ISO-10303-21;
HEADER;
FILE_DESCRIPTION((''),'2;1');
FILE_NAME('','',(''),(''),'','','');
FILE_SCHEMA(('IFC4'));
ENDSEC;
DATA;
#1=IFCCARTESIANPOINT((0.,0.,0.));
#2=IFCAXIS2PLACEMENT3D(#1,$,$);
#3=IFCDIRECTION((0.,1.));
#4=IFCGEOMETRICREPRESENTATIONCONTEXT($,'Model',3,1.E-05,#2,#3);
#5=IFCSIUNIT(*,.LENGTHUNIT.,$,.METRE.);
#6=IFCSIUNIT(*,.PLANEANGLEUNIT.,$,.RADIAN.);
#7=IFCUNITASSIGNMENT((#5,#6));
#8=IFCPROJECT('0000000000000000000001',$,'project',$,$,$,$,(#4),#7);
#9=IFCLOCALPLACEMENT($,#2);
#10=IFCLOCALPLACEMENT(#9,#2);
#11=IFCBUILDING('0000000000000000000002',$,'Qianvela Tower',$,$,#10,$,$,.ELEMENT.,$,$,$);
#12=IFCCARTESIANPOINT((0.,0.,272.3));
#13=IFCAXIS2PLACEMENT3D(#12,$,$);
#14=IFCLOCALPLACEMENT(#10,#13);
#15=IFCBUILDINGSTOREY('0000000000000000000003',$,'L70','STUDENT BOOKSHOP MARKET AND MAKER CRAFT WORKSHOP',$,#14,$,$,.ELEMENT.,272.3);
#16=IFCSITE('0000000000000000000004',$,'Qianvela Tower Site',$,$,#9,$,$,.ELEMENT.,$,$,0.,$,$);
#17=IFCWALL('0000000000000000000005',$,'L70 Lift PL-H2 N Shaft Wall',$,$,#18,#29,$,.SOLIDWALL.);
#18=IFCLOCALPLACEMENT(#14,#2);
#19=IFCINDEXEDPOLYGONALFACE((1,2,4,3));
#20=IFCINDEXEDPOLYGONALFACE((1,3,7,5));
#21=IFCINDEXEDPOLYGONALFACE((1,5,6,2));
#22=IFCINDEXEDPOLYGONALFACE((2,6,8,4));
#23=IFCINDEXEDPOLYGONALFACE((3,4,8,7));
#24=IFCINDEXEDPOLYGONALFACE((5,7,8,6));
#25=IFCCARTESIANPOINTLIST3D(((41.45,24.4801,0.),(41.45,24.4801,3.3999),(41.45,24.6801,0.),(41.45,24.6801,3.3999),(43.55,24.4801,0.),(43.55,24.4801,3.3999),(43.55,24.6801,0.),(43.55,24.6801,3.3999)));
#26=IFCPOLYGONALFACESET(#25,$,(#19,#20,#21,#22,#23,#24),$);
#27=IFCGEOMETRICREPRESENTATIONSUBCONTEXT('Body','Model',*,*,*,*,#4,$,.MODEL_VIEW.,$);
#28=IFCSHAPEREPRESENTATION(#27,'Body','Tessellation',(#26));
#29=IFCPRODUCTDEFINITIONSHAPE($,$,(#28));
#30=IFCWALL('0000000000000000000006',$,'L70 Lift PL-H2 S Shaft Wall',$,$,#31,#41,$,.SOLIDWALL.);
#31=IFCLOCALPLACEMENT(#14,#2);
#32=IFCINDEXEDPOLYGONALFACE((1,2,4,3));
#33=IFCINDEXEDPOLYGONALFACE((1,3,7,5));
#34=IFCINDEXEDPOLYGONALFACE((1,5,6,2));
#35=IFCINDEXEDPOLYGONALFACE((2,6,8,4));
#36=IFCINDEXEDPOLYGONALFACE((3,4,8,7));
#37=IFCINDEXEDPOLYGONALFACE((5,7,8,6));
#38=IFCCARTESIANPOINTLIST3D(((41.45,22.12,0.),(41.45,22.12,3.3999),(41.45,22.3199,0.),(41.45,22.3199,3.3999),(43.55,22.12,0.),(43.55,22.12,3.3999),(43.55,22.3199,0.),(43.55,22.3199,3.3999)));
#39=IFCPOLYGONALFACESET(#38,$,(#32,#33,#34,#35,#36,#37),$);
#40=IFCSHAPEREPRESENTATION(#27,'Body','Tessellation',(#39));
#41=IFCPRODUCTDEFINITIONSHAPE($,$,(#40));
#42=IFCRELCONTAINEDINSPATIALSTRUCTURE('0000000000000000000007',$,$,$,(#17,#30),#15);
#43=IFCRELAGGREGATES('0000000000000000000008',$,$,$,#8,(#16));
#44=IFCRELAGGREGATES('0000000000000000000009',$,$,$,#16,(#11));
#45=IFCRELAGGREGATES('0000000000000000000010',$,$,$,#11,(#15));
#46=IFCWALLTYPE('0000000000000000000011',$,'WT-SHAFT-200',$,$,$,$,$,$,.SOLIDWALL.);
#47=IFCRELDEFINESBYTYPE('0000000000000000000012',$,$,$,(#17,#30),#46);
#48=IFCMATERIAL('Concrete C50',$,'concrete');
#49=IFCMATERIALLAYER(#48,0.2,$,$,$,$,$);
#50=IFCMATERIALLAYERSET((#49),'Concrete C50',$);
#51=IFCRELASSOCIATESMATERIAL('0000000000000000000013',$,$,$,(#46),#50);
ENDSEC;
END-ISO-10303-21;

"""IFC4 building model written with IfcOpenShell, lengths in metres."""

from ifc_helpers import new_model, si_unit, direction, frame, frame_2d, origin, place, context, subcontext, project, spatial, rectangle, extrude, material, layer, layer_set, type_object, element, save


model = new_model("IFC4")

# Units and contexts
model_context = context("Model", 3, precision=1e-05, world=origin(), true_north=direction((0.0, 1.0)))
body_context = subcontext(model_context, "Body", "Model", "MODEL_VIEW")
ifc_project = project(units=[si_unit("LENGTHUNIT", "METRE"), si_unit("PLANEANGLEUNIT", "RADIAN")], contexts=[model_context])

# Site, building, storey
site_placement = place(None, origin())
site = spatial("IfcSite", under=ifc_project, at=site_placement, Name="Qianvela Tower Site", CompositionType="ELEMENT", RefElevation=0.0)
building_placement = place(site_placement, origin())
building = spatial("IfcBuilding", under=site, at=building_placement, Name="Qianvela Tower", CompositionType="ELEMENT")
storey_placement = place(building_placement, frame((0.0, 0.0, 272.3)))
storey = spatial("IfcBuildingStorey", under=building, at=storey_placement, Name="L70", Description="STUDENT BOOKSHOP MARKET AND MAKER CRAFT WORKSHOP", CompositionType="ELEMENT", Elevation=272.3)

# Shared definitions
ifc_material_1 = material(Name="Concrete C50", Category="concrete")
ifc_layer_1 = layer(ifc_material_1, 0.2)
ifc_layer_set_1 = layer_set([ifc_layer_1], Name="Concrete C50")
wall_type_1 = type_object("IfcWallType", Name="WT-SHAFT-200", PredefinedType="SOLIDWALL", material=ifc_layer_set_1)

# Walls
for number, where, z_axis, x_axis, name in (
    (1, (41.45, 24.5801, 0.0), (0.0, 0.0, 1.0), (1.0, 0.0, 0.0), "L70 Lift PL-H2 N Shaft Wall"),
    (2, (41.45, 22.22, 0.0), (0.0, 0.0, 1.0), (1.0, 0.0, 0.0), "L70 Lift PL-H2 S Shaft Wall"),
):
    element("IfcWall", number, at=place(storey_placement, frame(where, z_axis=z_axis, x_axis=x_axis)), inside=storey, type_object=wall_type_1, Name=name, PredefinedType="SOLIDWALL", context=body_context, shape_type="SweptSolid", body=[
        extrude(rectangle(XDim=2.1001, YDim=0.2, at=frame_2d((1.05, 0.0))), origin(), (0.0, 0.0, 1.0), 3.3999),
    ])

save(model, "model.ifc")
